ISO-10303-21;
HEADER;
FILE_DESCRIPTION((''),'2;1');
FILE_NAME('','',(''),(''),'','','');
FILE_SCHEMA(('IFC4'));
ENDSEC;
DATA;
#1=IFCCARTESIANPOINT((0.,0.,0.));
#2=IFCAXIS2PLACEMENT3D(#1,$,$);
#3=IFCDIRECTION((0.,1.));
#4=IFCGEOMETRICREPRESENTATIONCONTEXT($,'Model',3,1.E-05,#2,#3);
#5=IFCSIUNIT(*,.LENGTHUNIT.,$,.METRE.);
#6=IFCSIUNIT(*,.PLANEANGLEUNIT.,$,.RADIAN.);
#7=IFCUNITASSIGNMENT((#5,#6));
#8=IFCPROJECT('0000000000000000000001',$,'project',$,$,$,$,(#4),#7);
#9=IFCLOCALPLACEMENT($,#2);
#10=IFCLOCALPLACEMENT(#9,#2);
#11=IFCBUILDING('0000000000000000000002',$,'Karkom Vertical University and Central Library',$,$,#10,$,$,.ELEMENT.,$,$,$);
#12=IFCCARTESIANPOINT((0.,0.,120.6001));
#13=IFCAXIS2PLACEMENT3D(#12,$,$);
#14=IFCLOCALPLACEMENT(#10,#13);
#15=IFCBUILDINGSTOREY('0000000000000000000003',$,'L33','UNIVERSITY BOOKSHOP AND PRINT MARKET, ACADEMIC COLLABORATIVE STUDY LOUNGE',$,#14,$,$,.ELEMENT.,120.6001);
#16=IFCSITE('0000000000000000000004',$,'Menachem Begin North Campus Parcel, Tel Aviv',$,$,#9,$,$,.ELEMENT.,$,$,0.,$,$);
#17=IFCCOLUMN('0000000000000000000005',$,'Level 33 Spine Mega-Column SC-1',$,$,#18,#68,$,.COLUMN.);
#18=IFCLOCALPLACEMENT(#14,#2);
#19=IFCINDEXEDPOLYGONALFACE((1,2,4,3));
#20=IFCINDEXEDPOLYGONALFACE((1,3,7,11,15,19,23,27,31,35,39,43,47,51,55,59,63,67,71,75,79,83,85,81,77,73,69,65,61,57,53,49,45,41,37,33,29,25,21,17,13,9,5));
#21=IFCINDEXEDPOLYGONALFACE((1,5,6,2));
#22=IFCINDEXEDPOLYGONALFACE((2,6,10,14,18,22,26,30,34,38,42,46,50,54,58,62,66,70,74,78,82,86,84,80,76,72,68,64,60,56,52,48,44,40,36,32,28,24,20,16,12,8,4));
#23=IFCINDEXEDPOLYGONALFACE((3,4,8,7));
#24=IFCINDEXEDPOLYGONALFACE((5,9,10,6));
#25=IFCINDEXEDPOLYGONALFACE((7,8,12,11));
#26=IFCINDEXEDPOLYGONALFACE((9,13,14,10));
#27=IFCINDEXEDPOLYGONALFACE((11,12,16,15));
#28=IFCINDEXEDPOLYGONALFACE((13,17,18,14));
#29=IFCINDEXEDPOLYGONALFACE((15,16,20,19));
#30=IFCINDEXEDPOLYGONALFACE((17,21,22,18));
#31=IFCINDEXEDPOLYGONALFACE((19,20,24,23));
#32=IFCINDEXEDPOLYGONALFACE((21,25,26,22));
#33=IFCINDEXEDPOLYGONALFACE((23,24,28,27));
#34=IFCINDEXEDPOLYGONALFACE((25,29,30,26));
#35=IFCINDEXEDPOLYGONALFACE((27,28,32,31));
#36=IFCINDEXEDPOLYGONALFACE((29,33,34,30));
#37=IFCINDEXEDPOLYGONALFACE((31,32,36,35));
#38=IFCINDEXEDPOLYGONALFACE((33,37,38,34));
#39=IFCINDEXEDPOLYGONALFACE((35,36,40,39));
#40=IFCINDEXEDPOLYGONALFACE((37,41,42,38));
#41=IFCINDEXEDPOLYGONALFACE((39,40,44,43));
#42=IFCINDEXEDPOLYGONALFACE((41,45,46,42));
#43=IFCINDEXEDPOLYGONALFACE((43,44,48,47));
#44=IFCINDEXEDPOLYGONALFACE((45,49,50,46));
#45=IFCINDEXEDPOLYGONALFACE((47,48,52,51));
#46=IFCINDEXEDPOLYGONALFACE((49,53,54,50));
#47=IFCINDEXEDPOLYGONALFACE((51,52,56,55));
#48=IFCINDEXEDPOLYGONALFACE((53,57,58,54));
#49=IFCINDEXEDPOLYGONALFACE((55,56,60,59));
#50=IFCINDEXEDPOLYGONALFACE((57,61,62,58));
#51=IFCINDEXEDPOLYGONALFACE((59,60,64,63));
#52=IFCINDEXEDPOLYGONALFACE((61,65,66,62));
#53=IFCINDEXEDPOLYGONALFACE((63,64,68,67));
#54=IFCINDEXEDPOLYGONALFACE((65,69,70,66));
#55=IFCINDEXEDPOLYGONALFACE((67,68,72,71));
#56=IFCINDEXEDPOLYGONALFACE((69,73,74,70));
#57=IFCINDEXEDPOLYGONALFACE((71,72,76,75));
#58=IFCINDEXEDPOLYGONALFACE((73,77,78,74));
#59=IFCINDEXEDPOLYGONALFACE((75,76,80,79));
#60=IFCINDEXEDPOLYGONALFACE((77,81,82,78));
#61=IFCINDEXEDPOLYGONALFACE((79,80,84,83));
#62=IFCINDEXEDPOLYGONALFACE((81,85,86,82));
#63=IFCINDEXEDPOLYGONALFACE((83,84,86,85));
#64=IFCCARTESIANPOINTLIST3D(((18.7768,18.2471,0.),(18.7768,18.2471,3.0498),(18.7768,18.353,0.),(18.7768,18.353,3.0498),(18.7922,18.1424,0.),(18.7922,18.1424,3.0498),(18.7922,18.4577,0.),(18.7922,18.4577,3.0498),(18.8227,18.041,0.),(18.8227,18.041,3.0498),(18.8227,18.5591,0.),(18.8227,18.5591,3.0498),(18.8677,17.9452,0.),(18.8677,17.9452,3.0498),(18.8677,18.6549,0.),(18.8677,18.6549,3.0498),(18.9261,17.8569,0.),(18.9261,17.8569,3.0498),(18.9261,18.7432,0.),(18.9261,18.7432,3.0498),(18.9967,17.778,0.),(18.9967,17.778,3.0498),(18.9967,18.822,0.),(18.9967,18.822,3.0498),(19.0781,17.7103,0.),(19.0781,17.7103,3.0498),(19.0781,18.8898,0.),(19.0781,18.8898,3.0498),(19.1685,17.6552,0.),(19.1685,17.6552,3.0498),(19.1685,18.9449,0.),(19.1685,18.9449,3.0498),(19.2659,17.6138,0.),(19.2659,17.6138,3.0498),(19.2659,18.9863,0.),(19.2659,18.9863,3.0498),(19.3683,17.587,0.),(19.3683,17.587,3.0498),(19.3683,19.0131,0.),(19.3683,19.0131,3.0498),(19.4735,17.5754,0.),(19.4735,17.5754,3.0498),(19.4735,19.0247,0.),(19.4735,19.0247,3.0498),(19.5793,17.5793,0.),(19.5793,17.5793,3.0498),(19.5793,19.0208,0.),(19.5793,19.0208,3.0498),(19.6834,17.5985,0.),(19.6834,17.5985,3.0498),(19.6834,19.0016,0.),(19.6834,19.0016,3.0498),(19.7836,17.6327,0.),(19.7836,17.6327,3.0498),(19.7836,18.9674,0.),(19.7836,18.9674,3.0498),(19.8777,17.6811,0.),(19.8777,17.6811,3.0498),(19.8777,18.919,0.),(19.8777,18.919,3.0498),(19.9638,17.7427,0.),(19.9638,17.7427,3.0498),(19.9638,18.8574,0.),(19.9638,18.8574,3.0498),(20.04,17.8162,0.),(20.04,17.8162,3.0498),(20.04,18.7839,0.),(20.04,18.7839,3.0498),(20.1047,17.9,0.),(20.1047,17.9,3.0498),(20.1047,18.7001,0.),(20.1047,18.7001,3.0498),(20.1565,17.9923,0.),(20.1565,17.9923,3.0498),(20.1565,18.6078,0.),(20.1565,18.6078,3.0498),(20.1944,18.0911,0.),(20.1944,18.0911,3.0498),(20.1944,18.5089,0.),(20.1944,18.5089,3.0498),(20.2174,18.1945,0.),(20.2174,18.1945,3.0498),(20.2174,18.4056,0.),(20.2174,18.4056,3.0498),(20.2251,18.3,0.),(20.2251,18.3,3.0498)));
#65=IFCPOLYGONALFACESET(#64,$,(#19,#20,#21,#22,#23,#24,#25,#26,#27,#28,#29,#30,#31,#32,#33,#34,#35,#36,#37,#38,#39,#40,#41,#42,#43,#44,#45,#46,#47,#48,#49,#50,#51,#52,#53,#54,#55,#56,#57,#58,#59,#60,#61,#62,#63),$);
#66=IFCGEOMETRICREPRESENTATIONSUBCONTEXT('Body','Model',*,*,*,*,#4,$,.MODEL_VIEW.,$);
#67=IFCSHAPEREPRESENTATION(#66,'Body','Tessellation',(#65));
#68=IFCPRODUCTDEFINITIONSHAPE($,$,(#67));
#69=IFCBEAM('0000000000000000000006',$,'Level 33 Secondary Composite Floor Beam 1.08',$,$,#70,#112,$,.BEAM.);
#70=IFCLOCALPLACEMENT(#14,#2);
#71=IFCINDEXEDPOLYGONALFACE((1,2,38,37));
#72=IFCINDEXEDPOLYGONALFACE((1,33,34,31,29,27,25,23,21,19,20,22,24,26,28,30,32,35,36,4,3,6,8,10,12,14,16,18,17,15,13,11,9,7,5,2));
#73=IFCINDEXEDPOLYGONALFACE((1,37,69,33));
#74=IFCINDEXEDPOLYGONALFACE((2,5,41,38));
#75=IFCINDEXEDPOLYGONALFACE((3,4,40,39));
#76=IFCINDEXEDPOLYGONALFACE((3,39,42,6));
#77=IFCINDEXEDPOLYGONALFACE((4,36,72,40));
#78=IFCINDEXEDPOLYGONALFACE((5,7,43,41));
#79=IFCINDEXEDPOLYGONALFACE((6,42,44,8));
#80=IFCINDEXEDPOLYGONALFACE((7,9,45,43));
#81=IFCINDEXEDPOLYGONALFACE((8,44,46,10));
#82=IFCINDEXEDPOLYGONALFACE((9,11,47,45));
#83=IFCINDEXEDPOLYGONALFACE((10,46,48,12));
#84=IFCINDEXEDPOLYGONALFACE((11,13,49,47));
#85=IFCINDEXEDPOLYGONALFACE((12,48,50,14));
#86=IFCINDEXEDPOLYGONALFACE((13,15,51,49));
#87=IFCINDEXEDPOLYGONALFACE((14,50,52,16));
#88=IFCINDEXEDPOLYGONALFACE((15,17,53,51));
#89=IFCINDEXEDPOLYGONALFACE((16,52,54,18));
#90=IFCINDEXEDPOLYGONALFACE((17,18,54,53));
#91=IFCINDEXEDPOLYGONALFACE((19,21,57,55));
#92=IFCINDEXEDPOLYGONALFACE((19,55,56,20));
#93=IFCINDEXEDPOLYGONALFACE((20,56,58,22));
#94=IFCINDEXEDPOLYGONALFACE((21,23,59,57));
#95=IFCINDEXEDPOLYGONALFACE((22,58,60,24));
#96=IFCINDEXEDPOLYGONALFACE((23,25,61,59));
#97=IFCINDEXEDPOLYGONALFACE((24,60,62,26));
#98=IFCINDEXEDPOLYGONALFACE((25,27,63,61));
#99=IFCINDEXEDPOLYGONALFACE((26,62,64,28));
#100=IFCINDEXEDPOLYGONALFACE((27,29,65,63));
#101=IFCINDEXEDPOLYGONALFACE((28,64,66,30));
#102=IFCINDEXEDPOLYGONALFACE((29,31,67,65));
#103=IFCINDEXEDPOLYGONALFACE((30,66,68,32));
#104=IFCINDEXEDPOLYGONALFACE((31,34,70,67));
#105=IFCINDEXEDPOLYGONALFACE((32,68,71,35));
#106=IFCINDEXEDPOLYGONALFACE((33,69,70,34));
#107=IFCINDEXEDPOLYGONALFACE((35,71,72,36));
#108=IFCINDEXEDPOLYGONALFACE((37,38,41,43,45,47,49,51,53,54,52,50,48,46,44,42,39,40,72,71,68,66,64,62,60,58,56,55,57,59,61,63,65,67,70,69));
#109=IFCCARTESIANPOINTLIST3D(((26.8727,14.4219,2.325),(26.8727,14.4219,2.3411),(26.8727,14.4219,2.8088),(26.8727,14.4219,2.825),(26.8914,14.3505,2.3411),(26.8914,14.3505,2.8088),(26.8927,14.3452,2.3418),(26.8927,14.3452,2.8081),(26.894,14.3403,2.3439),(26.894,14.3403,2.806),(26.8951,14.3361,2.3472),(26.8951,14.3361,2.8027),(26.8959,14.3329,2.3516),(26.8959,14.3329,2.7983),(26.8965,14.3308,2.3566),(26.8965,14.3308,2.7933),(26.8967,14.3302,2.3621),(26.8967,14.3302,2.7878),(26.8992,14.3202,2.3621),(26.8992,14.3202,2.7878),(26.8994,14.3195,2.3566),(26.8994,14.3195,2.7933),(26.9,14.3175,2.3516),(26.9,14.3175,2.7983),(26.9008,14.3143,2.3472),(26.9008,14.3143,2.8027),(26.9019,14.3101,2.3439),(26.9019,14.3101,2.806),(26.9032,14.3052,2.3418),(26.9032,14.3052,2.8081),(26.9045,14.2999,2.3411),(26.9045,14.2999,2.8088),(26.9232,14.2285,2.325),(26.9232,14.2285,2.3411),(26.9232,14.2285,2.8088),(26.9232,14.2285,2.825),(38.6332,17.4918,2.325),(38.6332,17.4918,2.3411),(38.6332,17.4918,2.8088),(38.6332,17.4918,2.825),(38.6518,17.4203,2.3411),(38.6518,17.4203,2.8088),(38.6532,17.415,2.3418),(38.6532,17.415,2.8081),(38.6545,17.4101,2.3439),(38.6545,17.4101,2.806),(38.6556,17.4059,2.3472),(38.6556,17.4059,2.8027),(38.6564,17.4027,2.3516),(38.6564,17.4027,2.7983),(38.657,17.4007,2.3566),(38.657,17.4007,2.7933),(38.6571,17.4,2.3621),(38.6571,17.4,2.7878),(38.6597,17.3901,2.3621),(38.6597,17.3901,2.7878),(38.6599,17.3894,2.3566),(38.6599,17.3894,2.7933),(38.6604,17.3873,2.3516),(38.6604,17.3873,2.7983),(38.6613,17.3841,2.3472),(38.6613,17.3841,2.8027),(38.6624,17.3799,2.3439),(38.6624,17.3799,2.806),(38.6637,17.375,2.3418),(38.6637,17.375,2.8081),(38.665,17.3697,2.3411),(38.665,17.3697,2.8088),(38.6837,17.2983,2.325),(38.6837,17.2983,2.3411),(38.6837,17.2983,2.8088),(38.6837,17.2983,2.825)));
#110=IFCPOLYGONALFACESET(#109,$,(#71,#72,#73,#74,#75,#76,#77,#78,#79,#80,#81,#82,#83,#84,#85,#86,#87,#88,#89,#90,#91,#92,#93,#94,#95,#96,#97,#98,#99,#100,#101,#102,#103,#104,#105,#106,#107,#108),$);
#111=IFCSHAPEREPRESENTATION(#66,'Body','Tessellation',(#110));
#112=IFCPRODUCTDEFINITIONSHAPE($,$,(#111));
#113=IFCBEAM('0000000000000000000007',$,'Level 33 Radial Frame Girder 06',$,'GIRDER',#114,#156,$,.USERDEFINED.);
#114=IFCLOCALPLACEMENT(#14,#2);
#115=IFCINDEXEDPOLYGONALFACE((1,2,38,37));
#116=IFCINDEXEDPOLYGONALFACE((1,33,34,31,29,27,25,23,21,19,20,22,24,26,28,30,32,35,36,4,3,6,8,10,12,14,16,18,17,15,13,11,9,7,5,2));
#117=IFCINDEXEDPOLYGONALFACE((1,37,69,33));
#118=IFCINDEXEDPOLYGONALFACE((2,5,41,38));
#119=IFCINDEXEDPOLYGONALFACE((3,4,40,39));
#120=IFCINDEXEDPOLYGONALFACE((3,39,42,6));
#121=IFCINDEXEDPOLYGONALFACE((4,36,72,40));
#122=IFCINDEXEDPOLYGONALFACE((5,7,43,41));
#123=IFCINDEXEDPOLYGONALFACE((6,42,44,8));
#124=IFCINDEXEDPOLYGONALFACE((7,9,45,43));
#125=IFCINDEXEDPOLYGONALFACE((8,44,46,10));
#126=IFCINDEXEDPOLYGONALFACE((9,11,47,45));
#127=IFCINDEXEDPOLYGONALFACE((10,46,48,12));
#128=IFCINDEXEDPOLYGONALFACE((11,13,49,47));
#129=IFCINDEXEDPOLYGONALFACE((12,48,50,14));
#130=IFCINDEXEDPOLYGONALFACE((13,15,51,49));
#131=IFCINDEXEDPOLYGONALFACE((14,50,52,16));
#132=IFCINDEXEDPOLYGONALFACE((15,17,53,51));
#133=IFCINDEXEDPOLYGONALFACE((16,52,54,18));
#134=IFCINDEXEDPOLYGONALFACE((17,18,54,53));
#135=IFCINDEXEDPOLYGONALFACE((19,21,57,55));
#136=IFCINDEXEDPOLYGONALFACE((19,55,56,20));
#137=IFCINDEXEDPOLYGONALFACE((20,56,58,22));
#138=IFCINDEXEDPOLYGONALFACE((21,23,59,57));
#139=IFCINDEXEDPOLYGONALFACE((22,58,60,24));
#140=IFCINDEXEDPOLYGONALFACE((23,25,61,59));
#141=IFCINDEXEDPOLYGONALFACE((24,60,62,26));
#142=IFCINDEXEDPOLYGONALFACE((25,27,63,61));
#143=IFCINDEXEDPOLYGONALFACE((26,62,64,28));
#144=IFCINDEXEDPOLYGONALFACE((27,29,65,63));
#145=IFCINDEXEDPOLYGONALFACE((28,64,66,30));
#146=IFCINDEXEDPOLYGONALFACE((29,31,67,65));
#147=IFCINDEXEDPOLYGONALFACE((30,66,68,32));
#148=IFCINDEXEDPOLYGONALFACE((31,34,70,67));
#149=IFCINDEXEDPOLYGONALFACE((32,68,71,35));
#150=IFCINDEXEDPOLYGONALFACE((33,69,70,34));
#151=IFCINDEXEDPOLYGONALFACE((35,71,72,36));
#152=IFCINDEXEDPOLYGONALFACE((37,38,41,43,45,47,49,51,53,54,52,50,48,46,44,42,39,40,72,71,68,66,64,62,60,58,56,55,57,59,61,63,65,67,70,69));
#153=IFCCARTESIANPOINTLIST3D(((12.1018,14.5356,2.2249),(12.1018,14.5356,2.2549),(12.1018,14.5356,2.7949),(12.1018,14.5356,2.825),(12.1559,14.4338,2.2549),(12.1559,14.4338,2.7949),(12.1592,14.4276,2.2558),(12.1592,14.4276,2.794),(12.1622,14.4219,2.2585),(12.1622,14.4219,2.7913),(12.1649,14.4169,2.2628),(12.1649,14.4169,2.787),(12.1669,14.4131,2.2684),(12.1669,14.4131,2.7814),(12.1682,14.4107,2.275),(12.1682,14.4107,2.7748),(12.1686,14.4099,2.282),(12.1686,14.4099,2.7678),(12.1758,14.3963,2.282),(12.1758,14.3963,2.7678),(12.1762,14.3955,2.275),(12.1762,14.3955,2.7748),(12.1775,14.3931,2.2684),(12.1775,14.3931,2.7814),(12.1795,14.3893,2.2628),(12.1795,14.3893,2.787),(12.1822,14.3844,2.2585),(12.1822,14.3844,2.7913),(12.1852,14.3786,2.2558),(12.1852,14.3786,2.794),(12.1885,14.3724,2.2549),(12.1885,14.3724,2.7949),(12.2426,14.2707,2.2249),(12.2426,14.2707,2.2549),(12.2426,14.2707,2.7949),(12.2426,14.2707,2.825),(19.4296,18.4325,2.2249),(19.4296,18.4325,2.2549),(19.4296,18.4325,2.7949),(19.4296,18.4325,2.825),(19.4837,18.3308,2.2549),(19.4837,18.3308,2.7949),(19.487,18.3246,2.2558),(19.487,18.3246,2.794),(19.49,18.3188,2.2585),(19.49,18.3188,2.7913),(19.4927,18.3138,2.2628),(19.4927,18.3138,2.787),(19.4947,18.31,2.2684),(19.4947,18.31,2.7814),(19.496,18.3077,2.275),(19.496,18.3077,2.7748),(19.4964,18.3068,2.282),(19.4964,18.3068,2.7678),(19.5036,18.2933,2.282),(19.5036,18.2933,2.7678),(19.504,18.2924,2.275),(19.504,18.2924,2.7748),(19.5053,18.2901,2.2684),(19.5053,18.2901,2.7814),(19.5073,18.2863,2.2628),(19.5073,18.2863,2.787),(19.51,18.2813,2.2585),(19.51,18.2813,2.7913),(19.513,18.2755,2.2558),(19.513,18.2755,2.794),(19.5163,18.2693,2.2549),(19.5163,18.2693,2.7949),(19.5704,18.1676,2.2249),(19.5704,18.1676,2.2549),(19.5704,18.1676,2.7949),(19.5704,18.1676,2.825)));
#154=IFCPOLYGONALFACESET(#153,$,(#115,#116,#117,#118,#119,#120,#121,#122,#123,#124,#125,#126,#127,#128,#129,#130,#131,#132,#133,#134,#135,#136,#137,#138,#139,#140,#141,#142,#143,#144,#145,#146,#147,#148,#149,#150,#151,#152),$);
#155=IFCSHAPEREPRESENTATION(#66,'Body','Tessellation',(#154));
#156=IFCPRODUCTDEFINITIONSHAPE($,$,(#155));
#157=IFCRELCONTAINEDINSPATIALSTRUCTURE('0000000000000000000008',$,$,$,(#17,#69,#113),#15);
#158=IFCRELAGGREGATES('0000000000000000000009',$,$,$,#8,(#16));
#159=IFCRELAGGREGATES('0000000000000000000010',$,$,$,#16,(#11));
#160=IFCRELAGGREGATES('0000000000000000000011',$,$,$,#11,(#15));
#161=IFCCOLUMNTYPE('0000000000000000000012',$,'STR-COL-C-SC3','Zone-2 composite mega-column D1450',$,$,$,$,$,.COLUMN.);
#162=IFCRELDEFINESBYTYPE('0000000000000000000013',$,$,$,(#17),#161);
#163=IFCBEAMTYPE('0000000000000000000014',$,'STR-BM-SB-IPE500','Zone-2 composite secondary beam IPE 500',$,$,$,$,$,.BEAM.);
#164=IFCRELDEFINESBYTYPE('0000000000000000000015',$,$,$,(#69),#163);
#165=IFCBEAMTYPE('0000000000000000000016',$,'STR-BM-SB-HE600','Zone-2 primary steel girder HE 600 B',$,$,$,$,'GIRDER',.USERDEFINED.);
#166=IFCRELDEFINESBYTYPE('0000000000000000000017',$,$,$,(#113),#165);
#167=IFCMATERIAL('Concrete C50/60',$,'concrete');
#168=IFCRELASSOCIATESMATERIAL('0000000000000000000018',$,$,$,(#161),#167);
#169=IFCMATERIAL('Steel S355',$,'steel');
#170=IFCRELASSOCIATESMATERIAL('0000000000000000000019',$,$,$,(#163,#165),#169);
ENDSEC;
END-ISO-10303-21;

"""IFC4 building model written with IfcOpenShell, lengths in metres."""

from ifc_helpers import new_model, si_unit, direction, frame, origin, origin_with_axes, origin_2d, place, context, subcontext, project, spatial, circle, i_section, extrude, source, transform, mapped, material, material_profile, profile_set, type_object, element, save


model = new_model("IFC4")

# Units and contexts
model_context = context("Model", 3, precision=1e-05, world=origin(), true_north=direction((0.0, 1.0)))
body_context = subcontext(model_context, "Body", "Model", "MODEL_VIEW")
ifc_project = project(units=[si_unit("LENGTHUNIT", "METRE"), si_unit("PLANEANGLEUNIT", "RADIAN")], contexts=[model_context])

# Site, building, storey
site_placement = place(None, origin())
site = spatial("IfcSite", under=ifc_project, at=site_placement, Name="Menachem Begin North Campus Parcel, Tel Aviv", CompositionType="ELEMENT", RefElevation=0.0)
building_placement = place(site_placement, origin())
building = spatial("IfcBuilding", under=site, at=building_placement, Name="Karkom Vertical University and Central Library", CompositionType="ELEMENT")
storey_placement = place(building_placement, frame((0.0, 0.0, 120.6001)))
storey = spatial("IfcBuildingStorey", under=building, at=storey_placement, Name="L33", Description="UNIVERSITY BOOKSHOP AND PRINT MARKET, ACADEMIC COLLABORATIVE STUDY LOUNGE", CompositionType="ELEMENT", Elevation=120.6001)

# Column
ifc_material_1 = material(Name="Concrete C50/60", Category="concrete")
ifc_material_profile_1 = material_profile(ifc_material_1, circle(Radius=0.7251, at=origin_2d()), Name="CFT-D1450")
ifc_profile_set_1 = profile_set([ifc_material_profile_1], Name="Concrete C50/60")
column_type = type_object("IfcColumnType", Name="STR-COL-C-SC3", Description="Zone-2 composite mega-column D1450", PredefinedType="COLUMN", material=ifc_profile_set_1)
shared_shape_1 = source(origin_with_axes(), body_context, "Body", "SweptSolid", [
    extrude(circle(Radius=0.7251, at=origin_2d()), origin(), (0.0, 0.0, 1.0), 3.0498),
])
column_placement = place(storey_placement, frame((19.5, 18.3, 0.0), z_axis=(0.0, 0.0, 1.0), x_axis=(1.0, 0.0, 0.0)))
element("IfcColumn", 1, at=column_placement, inside=storey, type_object=column_type, Name="Level 33 Spine Mega-Column SC-1", PredefinedType="COLUMN", context=body_context, shape_type="MappedRepresentation", body=[
    mapped(shared_shape_1, transform((0.0, 0.0, 0.0), scale=1.0)),
])

# Beams
ifc_material_2 = material(Name="Steel S355", Category="steel")
ifc_material_profile_2 = material_profile(ifc_material_2, i_section(OverallWidth=0.2, OverallDepth=0.5, WebThickness=0.0103, FlangeThickness=0.0161, FilletRadius=0.021, at=origin_2d()), Name="IPE 500")
ifc_profile_set_2 = profile_set([ifc_material_profile_2], Name="Steel S355")
beam_type_1 = type_object("IfcBeamType", Name="STR-BM-SB-IPE500", Description="Zone-2 composite secondary beam IPE 500", PredefinedType="BEAM", material=ifc_profile_set_2)
shared_shape_2 = source(origin_with_axes(), body_context, "Body", "SweptSolid", [
    extrude(i_section(OverallWidth=0.2, OverallDepth=0.5, WebThickness=0.0103, FlangeThickness=0.0161, FilletRadius=0.021, at=origin_2d()), origin(), (0.0, 0.0, 1.0), 12.1545),
])
beam_1_placement = place(storey_placement, frame((26.8979, 14.3252, 2.575), z_axis=(0.96758, 0.252566, 0.0), x_axis=(-0.252566, 0.96758, 0.0)))
element("IfcBeam", 2, at=beam_1_placement, inside=storey, type_object=beam_type_1, Name="Level 33 Secondary Composite Floor Beam 1.08", PredefinedType="BEAM", context=body_context, shape_type="MappedRepresentation", body=[
    mapped(shared_shape_2, transform((0.0, 0.0, 0.0), scale=1.0)),
])
ifc_material_profile_3 = material_profile(ifc_material_2, i_section(OverallWidth=0.3, OverallDepth=0.6001, WebThickness=0.0154, FlangeThickness=0.03, FilletRadius=0.0271, at=origin_2d()), Name="HE 600 B")
ifc_profile_set_3 = profile_set([ifc_material_profile_3], Name="Steel S355")
beam_type_2 = type_object("IfcBeamType", Name="STR-BM-SB-HE600", Description="Zone-2 primary steel girder HE 600 B", ElementType="GIRDER", PredefinedType="USERDEFINED", material=ifc_profile_set_3)
shared_shape_3 = source(origin_with_axes(), body_context, "Body", "SweptSolid", [
    extrude(i_section(OverallWidth=0.3, OverallDepth=0.6001, WebThickness=0.0154, FlangeThickness=0.03, FilletRadius=0.0271, at=origin_2d()), origin(), (0.0, 0.0, 1.0), 8.2996),
])
beam_2_placement = place(storey_placement, frame((19.5, 18.3, 2.5249), z_axis=(-0.882914, -0.469534, 0.0), x_axis=(0.469534, -0.882914, 0.0)))
element("IfcBeam", 3, at=beam_2_placement, inside=storey, type_object=beam_type_2, Name="Level 33 Radial Frame Girder 06", ObjectType="GIRDER", PredefinedType="USERDEFINED", context=body_context, shape_type="MappedRepresentation", body=[
    mapped(shared_shape_3, transform((0.0, 0.0, 0.0), scale=1.0)),
])

save(model, "model.ifc")
